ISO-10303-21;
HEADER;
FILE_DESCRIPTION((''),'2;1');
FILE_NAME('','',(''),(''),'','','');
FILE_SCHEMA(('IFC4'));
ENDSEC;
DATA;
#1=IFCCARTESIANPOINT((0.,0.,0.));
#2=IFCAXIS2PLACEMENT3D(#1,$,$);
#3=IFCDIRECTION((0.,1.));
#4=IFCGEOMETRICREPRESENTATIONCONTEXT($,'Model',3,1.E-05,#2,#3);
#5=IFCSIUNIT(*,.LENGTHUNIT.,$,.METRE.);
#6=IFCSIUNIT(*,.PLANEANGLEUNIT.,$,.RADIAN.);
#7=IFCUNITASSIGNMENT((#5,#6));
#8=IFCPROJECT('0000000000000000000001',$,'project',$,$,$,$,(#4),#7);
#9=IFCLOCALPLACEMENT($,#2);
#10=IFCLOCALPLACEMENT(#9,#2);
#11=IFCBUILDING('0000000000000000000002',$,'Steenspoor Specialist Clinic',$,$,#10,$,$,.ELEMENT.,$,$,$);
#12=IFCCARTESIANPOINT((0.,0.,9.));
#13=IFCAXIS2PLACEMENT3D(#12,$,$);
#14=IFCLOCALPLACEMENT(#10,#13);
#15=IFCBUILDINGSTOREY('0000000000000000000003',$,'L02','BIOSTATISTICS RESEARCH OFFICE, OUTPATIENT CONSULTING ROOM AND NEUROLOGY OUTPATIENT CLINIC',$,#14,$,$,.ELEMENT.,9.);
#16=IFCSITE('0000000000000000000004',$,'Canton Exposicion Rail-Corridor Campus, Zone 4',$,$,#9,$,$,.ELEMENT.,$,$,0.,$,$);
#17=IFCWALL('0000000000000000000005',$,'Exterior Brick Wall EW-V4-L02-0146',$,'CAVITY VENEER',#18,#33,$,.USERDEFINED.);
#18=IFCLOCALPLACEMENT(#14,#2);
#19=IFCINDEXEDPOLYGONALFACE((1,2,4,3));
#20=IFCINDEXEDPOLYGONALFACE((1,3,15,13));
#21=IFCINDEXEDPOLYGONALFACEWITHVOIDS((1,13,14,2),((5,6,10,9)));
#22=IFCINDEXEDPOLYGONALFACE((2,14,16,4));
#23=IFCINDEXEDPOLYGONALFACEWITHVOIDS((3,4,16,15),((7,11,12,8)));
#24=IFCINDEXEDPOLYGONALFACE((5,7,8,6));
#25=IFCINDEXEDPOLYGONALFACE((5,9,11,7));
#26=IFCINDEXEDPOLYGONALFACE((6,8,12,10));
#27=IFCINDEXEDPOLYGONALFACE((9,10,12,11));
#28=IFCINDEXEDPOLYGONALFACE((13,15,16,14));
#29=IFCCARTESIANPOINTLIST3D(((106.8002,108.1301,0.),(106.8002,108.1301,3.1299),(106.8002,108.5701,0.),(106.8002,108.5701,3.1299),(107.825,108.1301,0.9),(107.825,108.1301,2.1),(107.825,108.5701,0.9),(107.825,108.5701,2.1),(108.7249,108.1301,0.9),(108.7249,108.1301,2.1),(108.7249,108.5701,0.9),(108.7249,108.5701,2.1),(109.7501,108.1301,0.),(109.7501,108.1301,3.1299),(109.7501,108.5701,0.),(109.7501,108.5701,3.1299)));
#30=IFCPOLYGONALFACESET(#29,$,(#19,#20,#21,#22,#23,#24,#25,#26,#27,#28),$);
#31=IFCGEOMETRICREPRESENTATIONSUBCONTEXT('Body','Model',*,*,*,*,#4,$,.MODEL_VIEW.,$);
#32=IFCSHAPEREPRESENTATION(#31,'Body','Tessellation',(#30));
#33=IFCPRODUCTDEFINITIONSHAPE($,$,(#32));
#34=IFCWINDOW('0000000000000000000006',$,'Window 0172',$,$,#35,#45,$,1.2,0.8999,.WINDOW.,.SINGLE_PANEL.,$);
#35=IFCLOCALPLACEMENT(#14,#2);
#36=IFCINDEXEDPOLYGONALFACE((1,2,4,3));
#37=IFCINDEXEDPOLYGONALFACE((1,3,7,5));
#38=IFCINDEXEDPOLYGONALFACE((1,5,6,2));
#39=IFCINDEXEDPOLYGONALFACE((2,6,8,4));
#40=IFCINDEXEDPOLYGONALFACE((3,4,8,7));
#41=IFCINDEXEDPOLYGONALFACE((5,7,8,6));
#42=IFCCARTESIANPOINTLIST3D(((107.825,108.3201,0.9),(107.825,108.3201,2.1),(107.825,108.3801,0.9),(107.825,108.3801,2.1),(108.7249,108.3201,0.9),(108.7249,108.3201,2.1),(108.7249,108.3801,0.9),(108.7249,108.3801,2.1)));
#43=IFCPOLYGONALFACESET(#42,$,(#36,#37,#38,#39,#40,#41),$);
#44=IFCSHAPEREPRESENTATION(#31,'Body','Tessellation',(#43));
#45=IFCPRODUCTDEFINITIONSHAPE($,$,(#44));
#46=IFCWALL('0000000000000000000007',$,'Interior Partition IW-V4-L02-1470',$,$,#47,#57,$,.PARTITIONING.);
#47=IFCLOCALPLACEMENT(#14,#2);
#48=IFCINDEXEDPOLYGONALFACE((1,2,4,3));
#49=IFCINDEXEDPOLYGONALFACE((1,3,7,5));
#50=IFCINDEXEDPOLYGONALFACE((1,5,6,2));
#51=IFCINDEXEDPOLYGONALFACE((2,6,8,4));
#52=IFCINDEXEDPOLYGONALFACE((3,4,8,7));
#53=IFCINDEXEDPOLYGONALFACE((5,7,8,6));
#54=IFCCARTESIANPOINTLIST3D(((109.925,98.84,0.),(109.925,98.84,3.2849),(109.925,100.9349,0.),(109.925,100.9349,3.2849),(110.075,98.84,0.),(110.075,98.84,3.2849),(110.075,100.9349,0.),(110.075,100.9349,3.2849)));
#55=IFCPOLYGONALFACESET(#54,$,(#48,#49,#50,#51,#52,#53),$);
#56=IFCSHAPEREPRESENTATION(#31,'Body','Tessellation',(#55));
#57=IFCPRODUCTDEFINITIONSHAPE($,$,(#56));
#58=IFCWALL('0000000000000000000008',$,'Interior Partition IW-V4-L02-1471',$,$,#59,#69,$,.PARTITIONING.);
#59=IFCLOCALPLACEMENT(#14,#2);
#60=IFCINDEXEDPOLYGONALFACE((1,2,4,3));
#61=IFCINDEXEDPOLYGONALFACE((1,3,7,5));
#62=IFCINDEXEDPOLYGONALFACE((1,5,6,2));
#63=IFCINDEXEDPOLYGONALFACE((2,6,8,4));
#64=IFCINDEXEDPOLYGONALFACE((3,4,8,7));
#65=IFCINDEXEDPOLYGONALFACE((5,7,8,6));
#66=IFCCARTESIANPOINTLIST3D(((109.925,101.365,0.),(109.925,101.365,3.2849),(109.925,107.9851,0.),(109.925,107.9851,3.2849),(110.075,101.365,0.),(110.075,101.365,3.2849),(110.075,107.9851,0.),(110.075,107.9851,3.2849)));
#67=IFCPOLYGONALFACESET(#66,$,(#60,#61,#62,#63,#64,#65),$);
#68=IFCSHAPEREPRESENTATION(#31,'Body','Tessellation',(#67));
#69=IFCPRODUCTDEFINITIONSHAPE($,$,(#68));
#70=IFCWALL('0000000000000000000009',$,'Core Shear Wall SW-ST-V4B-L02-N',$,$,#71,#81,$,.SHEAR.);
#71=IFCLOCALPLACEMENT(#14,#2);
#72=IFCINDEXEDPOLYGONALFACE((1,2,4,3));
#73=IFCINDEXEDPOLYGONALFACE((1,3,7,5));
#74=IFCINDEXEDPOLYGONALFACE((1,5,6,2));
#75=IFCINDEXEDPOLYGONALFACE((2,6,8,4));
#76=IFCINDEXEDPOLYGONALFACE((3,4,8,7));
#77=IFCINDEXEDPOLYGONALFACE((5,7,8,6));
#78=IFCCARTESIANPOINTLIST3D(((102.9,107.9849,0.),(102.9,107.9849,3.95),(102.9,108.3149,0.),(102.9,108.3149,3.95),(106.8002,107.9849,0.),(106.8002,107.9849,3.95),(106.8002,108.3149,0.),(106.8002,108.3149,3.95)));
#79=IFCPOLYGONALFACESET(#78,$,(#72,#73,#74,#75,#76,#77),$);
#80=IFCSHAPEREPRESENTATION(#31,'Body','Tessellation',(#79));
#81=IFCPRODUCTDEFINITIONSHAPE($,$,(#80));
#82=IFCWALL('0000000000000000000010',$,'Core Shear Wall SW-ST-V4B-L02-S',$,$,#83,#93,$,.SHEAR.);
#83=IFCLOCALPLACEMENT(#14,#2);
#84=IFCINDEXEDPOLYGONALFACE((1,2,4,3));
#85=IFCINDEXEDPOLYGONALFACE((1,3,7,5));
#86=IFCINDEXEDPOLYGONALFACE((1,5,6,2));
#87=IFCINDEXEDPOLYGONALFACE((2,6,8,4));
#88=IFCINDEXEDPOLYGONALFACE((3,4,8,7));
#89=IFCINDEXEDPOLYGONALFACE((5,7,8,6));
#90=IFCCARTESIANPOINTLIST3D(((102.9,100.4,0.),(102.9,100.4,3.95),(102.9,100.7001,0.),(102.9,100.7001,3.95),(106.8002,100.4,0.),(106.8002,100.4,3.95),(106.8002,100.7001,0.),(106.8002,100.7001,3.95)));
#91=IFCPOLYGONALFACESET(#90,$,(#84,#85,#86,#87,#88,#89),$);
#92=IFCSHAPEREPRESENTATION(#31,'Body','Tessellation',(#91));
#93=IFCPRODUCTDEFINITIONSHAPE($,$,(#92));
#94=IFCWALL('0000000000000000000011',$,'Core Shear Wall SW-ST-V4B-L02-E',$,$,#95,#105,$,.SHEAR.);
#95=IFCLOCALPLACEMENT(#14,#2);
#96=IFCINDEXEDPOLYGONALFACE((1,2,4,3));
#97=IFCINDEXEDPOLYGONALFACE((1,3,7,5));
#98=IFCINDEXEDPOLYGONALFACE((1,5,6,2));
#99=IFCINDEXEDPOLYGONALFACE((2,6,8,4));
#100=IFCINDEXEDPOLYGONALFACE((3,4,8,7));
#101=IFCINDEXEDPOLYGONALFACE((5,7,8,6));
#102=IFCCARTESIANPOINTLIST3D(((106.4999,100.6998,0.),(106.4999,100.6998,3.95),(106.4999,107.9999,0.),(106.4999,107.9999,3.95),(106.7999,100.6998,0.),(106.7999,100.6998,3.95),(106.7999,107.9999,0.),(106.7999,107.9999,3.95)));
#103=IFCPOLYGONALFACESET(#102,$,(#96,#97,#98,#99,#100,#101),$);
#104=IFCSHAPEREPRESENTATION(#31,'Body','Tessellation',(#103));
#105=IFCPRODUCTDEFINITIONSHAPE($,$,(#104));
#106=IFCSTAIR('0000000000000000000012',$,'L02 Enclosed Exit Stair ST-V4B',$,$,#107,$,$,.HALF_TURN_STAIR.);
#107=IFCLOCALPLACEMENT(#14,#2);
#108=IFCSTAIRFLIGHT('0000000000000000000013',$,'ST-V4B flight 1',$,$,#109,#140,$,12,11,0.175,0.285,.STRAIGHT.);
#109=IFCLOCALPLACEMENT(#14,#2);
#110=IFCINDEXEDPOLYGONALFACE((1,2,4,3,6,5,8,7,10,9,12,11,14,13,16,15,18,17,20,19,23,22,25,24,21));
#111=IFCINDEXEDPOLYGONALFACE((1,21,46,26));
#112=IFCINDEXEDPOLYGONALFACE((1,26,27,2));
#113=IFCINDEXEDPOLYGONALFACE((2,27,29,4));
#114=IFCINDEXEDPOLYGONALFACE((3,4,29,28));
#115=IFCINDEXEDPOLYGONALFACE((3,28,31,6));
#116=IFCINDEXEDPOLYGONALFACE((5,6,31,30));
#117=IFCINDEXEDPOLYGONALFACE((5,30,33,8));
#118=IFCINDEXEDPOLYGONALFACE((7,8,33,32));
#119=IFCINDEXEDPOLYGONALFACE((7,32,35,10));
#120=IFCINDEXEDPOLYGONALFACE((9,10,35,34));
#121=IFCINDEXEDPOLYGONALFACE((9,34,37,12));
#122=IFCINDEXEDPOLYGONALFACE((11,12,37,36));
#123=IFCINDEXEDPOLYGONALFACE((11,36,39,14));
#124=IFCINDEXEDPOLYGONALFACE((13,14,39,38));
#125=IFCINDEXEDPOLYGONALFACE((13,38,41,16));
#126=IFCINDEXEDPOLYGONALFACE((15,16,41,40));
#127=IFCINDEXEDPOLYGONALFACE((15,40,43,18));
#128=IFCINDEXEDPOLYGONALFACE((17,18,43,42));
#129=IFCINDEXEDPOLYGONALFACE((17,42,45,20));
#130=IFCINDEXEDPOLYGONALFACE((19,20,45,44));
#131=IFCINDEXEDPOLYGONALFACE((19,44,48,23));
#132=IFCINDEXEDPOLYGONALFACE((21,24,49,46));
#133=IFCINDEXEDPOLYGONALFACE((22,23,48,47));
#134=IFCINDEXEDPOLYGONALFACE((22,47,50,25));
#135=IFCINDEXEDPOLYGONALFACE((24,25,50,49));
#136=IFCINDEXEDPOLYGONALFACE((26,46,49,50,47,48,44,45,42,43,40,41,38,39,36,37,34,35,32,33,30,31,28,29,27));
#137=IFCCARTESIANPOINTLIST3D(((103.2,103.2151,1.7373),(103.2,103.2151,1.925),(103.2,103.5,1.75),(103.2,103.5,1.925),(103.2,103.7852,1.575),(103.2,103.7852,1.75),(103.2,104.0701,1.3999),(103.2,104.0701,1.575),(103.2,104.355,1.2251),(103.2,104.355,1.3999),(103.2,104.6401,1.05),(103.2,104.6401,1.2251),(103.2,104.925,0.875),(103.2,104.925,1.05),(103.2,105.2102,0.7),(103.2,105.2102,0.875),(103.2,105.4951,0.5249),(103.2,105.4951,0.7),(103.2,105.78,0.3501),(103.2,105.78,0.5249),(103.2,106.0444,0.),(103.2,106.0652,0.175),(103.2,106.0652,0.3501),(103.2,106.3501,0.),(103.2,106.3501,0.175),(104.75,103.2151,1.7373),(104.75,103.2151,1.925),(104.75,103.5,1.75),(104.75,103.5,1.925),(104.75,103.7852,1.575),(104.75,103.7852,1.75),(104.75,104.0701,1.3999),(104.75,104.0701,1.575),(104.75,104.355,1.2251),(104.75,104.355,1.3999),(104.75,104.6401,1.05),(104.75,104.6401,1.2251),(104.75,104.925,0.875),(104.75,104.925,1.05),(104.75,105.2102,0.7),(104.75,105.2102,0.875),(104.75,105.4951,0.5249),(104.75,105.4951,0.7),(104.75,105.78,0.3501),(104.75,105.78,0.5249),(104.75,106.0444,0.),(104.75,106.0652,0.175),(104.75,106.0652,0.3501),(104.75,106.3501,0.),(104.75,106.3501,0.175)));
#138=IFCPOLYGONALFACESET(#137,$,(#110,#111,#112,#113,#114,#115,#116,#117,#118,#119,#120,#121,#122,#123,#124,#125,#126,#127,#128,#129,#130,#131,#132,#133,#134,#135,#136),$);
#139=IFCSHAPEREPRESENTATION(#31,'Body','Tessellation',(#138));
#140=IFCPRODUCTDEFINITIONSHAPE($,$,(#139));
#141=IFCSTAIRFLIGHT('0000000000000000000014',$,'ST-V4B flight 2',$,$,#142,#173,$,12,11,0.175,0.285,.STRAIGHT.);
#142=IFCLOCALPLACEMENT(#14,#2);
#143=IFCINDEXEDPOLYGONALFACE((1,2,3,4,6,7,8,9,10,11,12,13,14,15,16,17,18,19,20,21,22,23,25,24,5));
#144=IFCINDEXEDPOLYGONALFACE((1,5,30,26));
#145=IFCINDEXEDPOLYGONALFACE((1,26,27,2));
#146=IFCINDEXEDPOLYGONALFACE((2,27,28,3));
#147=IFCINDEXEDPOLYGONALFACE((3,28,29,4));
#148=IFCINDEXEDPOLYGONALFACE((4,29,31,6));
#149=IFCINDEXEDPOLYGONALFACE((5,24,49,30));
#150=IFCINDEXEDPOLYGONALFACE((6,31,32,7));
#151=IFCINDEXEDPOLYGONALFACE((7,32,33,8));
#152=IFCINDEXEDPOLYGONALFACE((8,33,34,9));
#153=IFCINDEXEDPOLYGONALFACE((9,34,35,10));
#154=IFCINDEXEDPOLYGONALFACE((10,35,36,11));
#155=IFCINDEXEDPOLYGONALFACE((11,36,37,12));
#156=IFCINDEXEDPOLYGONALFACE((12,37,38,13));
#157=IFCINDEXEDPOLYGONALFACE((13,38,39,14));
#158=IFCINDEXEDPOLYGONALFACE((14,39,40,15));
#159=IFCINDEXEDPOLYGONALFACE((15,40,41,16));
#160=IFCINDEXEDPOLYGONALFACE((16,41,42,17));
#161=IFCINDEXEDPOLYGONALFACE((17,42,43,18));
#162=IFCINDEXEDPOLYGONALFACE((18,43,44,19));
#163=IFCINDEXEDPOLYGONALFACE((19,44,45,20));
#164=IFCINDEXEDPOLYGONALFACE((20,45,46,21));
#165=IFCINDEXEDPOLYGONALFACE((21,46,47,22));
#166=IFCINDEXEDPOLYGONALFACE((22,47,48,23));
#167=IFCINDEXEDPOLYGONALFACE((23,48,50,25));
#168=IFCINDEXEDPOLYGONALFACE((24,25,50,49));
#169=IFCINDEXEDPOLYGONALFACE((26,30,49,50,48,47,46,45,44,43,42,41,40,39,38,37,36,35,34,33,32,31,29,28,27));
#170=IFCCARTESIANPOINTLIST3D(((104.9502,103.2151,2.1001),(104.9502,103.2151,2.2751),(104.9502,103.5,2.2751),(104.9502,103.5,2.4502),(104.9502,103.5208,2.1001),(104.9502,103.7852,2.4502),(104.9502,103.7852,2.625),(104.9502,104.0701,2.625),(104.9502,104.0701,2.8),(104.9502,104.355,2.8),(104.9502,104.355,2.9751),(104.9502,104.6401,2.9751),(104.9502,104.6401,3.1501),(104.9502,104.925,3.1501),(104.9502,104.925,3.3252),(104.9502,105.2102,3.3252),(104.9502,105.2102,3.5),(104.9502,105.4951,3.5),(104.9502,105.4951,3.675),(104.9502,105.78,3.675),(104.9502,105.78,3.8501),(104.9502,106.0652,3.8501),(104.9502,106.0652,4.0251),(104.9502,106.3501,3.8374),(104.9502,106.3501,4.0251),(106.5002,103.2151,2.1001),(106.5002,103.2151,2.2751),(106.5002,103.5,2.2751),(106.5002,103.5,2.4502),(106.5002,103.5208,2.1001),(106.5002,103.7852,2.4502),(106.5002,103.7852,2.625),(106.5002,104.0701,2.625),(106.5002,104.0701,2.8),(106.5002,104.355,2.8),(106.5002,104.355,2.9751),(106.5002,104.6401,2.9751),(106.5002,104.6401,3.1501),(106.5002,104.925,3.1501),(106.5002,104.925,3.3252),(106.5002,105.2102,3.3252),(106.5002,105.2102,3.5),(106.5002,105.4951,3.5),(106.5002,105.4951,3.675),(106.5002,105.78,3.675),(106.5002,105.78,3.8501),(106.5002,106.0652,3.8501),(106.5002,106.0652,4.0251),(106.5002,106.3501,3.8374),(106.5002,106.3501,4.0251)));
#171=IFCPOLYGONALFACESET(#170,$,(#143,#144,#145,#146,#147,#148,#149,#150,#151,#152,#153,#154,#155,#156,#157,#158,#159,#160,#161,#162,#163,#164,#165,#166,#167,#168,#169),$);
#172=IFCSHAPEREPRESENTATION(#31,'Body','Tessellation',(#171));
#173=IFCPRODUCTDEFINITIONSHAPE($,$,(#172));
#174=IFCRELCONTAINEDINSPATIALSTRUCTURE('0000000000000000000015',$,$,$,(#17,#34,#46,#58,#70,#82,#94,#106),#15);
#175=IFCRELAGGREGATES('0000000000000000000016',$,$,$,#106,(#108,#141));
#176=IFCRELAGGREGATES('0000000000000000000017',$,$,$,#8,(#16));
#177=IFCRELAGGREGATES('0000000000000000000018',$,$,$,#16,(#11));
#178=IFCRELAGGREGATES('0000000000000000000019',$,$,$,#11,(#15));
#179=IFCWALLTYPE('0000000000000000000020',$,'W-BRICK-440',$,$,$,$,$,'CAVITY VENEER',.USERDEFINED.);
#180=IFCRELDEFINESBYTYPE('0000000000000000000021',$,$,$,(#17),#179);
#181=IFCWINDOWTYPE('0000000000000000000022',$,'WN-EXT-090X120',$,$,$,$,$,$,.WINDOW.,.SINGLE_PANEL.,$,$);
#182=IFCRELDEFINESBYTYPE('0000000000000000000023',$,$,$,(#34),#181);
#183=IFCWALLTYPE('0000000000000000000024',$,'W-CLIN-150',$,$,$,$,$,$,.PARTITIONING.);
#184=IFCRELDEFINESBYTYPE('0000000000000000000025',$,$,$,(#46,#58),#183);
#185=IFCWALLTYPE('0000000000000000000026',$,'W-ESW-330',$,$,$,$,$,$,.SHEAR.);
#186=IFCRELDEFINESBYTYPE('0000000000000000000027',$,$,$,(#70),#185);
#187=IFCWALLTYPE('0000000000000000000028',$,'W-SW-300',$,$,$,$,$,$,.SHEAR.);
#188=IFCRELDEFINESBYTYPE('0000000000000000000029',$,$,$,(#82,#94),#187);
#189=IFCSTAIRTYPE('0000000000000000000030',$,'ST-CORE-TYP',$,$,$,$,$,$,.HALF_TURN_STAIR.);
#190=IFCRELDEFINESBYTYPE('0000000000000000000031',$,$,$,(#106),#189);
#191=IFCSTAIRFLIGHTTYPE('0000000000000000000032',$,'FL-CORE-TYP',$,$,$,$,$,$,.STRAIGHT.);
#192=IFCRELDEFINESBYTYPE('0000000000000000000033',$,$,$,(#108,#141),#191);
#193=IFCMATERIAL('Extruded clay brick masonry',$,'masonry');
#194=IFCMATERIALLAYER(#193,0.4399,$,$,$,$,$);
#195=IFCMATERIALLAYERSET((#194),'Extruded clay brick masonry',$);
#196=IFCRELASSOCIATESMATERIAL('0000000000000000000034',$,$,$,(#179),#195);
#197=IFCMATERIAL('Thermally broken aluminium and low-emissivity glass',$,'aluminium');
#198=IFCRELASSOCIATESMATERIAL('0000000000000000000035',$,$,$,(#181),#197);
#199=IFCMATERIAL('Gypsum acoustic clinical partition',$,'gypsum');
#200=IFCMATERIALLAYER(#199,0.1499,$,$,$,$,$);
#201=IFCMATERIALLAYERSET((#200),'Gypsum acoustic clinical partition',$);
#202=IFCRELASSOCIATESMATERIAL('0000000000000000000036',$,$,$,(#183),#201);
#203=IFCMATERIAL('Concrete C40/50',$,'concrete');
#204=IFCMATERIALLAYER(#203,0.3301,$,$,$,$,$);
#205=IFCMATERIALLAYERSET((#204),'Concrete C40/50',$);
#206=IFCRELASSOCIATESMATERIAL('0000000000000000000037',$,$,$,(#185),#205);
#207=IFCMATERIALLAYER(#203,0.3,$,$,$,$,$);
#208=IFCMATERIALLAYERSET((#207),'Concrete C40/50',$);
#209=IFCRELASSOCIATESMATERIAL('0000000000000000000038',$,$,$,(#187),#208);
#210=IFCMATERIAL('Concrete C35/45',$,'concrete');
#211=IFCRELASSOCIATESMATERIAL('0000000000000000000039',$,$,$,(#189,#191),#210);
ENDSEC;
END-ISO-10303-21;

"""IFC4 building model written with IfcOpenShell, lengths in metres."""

from ifc_helpers import new_model, si_unit, direction, frame, frame_2d, origin, place, context, subcontext, project, spatial, polyline, rectangle, outline, extrude, material, layer, layer_set, type_object, element, fill, aggregate, save


model = new_model("IFC4")

# Units and contexts
model_context = context("Model", 3, precision=1e-05, world=origin(), true_north=direction((0.0, 1.0)))
body_context = subcontext(model_context, "Body", "Model", "MODEL_VIEW")
ifc_project = project(units=[si_unit("LENGTHUNIT", "METRE"), si_unit("PLANEANGLEUNIT", "RADIAN")], contexts=[model_context])

# Site, building, storey
site_placement = place(None, origin())
site = spatial("IfcSite", under=ifc_project, at=site_placement, Name="Canton Exposicion Rail-Corridor Campus, Zone 4", CompositionType="ELEMENT", RefElevation=0.0)
building_placement = place(site_placement, origin())
building = spatial("IfcBuilding", under=site, at=building_placement, Name="Steenspoor Specialist Clinic", CompositionType="ELEMENT")
storey_placement = place(building_placement, frame((0.0, 0.0, 9.0)))
storey = spatial("IfcBuildingStorey", under=building, at=storey_placement, Name="L02", Description="BIOSTATISTICS RESEARCH OFFICE, OUTPATIENT CONSULTING ROOM AND NEUROLOGY OUTPATIENT CLINIC", CompositionType="ELEMENT", Elevation=9.0)

# Shared definitions
ifc_material_1 = material(Name="Concrete C40/50", Category="concrete")

# Shared definitions
ifc_material_2 = material(Name="Concrete C35/45", Category="concrete")

# Wall, opening, window
ifc_material_3 = material(Name="Extruded clay brick masonry", Category="masonry")
ifc_layer_1 = layer(ifc_material_3, 0.4399)
ifc_layer_set_1 = layer_set([ifc_layer_1], Name="Extruded clay brick masonry")
wall_type_1 = type_object("IfcWallType", Name="W-BRICK-440", ElementType="CAVITY VENEER", PredefinedType="USERDEFINED", material=ifc_layer_set_1)
wall_1_placement = place(storey_placement, frame((106.8, 108.3501, 0.0), z_axis=(0.0, 0.0, 1.0), x_axis=(1.0, 0.0, 0.0)))
wall_1 = element("IfcWall", 1, at=wall_1_placement, inside=storey, type_object=wall_type_1, Name="Exterior Brick Wall EW-V4-L02-0146", ObjectType="CAVITY VENEER", PredefinedType="USERDEFINED", context=body_context, shape_type="SweptSolid", body=[
    extrude(rectangle(XDim=2.95, YDim=0.4399, at=frame_2d((1.4751, 0.0))), origin(), (0.0, 0.0, 1.0), 3.1299),
])
opening_1_placement = place(wall_1_placement, frame((1.0249, 0.0, 0.8999)))
opening_1 = element("IfcOpeningElement", 2, at=opening_1_placement, cuts=wall_1, PredefinedType="OPENING", context=body_context, shape_type="SweptSolid", body=[
    extrude(rectangle(XDim=0.8999, YDim=1.2, at=frame_2d((0.45, 0.6001))), frame((0.0, 0.23, 0.0), z_axis=(0.0, -1.0, 0.0), x_axis=(1.0, 0.0, 0.0)), (0.0, 0.0, 1.0), 0.46),
])
ifc_material_4 = material(Name="Thermally broken aluminium and low-emissivity glass", Category="aluminium")
window_type = type_object("IfcWindowType", Name="WN-EXT-090X120", PartitioningType="SINGLE_PANEL", PredefinedType="WINDOW", material=ifc_material_4)
window_placement = place(opening_1_placement, origin())
window = element("IfcWindow", 3, at=window_placement, inside=storey, type_object=window_type, Name="Window 0172", OverallHeight=1.2, OverallWidth=0.8999, PartitioningType="SINGLE_PANEL", PredefinedType="WINDOW", context=body_context, shape_type="SweptSolid", body=[
    extrude(rectangle(XDim=0.8999, YDim=1.2, at=frame_2d((0.45, 0.6001))), frame((0.0, 0.03, 0.0), z_axis=(0.0, -1.0, 0.0), x_axis=(1.0, 0.0, 0.0)), (0.0, 0.0, 1.0), 0.0601),
])
fill(opening_1, window)

# Walls
ifc_material_5 = material(Name="Gypsum acoustic clinical partition", Category="gypsum")
ifc_layer_2 = layer(ifc_material_5, 0.1499)
ifc_layer_set_2 = layer_set([ifc_layer_2], Name="Gypsum acoustic clinical partition")
wall_type_2 = type_object("IfcWallType", Name="W-CLIN-150", PredefinedType="PARTITIONING", material=ifc_layer_set_2)
wall_2_placement = place(storey_placement, frame((110.0, 98.8401, 0.0), z_axis=(0.0, 0.0, 1.0), x_axis=(0.0, 1.0, 0.0)))
element("IfcWall", 4, at=wall_2_placement, inside=storey, type_object=wall_type_2, Name="Interior Partition IW-V4-L02-1470", PredefinedType="PARTITIONING", context=body_context, shape_type="SweptSolid", body=[
    extrude(rectangle(XDim=2.095, YDim=0.1499, at=frame_2d((1.0474, 0.0))), origin(), (0.0, 0.0, 1.0), 3.2849),
])
wall_3_placement = place(storey_placement, frame((110.0, 101.365, 0.0), z_axis=(0.0, 0.0, 1.0), x_axis=(0.0, 1.0, 0.0)))
element("IfcWall", 5, at=wall_3_placement, inside=storey, type_object=wall_type_2, Name="Interior Partition IW-V4-L02-1471", PredefinedType="PARTITIONING", context=body_context, shape_type="SweptSolid", body=[
    extrude(rectangle(XDim=6.6201, YDim=0.1499, at=frame_2d((3.3101, 0.0))), origin(), (0.0, 0.0, 1.0), 3.2849),
])
ifc_layer_3 = layer(ifc_material_1, 0.3301)
ifc_layer_set_3 = layer_set([ifc_layer_3], Name="Concrete C40/50")
wall_type_3 = type_object("IfcWallType", Name="W-ESW-330", PredefinedType="SHEAR", material=ifc_layer_set_3)
wall_4_placement = place(storey_placement, frame((102.8999, 108.1499, 0.0), z_axis=(0.0, 0.0, 1.0), x_axis=(1.0, 0.0, 0.0)))
element("IfcWall", 6, at=wall_4_placement, inside=storey, type_object=wall_type_3, Name="Core Shear Wall SW-ST-V4B-L02-N", PredefinedType="SHEAR", context=body_context, shape_type="SweptSolid", body=[
    extrude(rectangle(XDim=3.9001, YDim=0.3301, at=frame_2d((1.9502, 0.0))), origin(), (0.0, 0.0, 1.0), 3.95),
])
ifc_layer_4 = layer(ifc_material_1, 0.3)
ifc_layer_set_4 = layer_set([ifc_layer_4], Name="Concrete C40/50")
wall_type_4 = type_object("IfcWallType", Name="W-SW-300", PredefinedType="SHEAR", material=ifc_layer_set_4)
wall_5_placement = place(storey_placement, frame((102.8999, 100.55, 0.0), z_axis=(0.0, 0.0, 1.0), x_axis=(1.0, 0.0, 0.0)))
element("IfcWall", 7, at=wall_5_placement, inside=storey, type_object=wall_type_4, Name="Core Shear Wall SW-ST-V4B-L02-S", PredefinedType="SHEAR", context=body_context, shape_type="SweptSolid", body=[
    extrude(rectangle(XDim=3.9001, YDim=0.3, at=frame_2d((1.9502, 0.0))), origin(), (0.0, 0.0, 1.0), 3.95),
])

# Wall
wall_6_placement = place(storey_placement, frame((106.6499, 100.7, 0.0), z_axis=(0.0, 0.0, 1.0), x_axis=(0.0, 1.0, 0.0)))
element("IfcWall", 8, at=wall_6_placement, inside=storey, type_object=wall_type_4, Name="Core Shear Wall SW-ST-V4B-L02-E", PredefinedType="SHEAR", context=body_context, shape_type="SweptSolid", body=[
    extrude(rectangle(XDim=7.3, YDim=0.3, at=frame_2d((3.6499, 0.0))), origin(), (0.0, 0.0, 1.0), 3.95),
])

# Stair, stair flights
stair_type = type_object("IfcStairType", Name="ST-CORE-TYP", PredefinedType="HALF_TURN_STAIR", material=ifc_material_2)
stair_placement = place(storey_placement, origin())
stair = element("IfcStair", 9, at=stair_placement, inside=storey, type_object=stair_type, Name="L02 Enclosed Exit Stair ST-V4B", PredefinedType="HALF_TURN_STAIR")
stair_flight_type = type_object("IfcStairFlightType", Name="FL-CORE-TYP", PredefinedType="STRAIGHT", material=ifc_material_2)
stair_flight_1_placement = place(storey_placement, frame((103.9751, 106.3501, 0.0), z_axis=(0.0, 0.0, 1.0), x_axis=(0.0, -1.0, 0.0)))
stair_flight_1 = element("IfcStairFlight", 10, at=stair_flight_1_placement, type_object=stair_flight_type, Name="ST-V4B flight 1", NumberOfRisers=12, NumberOfTreads=11, PredefinedType="STRAIGHT", RiserHeight=0.175, TreadLength=0.285, context=body_context, shape_type="SweptSolid", body=[
    extrude(outline(polyline([(0.0, 0.0), (0.0, 0.175), (0.2849, 0.175), (0.2849, 0.3501), (0.5701, 0.3501), (0.5701, 0.5249), (0.855, 0.5249), (0.855, 0.7), (1.1399, 0.7), (1.1399, 0.875), (1.425, 0.875), (1.425, 1.05), (1.71, 1.05), (1.71, 1.2251), (1.9951, 1.2251), (1.9951, 1.3999), (2.28, 1.3999), (2.28, 1.575), (2.5649, 1.575), (2.5649, 1.75), (2.8501, 1.75), (2.8501, 1.925), (3.135, 1.925), (3.135, 2.1001), (3.135, 1.7373), (0.3057, 0.0), (0.0, 0.0)])), frame((0.0, 0.7749, 0.0), z_axis=(0.0, -1.0, 0.0), x_axis=(1.0, 0.0, 0.0)), (0.0, 0.0, 1.0), 1.55),
])
stair_flight_2_placement = place(storey_placement, frame((105.7251, 103.2151, 2.1001), z_axis=(0.0, 0.0, 1.0), x_axis=(0.0, 1.0, 0.0)))
stair_flight_2 = element("IfcStairFlight", 11, at=stair_flight_2_placement, type_object=stair_flight_type, Name="ST-V4B flight 2", NumberOfRisers=12, NumberOfTreads=11, PredefinedType="STRAIGHT", RiserHeight=0.175, TreadLength=0.285, context=body_context, shape_type="SweptSolid", body=[
    extrude(outline(polyline([(0.0, 0.0), (0.0, 0.175), (0.2849, 0.175), (0.2849, 0.3501), (0.5701, 0.3501), (0.5701, 0.5249), (0.855, 0.5249), (0.855, 0.7), (1.1399, 0.7), (1.1399, 0.875), (1.425, 0.875), (1.425, 1.05), (1.71, 1.05), (1.71, 1.2251), (1.9951, 1.2251), (1.9951, 1.3999), (2.28, 1.3999), (2.28, 1.575), (2.5649, 1.575), (2.5649, 1.75), (2.8501, 1.75), (2.8501, 1.925), (3.135, 1.925), (3.135, 2.1001), (3.135, 1.7373), (0.3057, 0.0), (0.0, 0.0)])), frame((0.0, 0.7749, 0.0), z_axis=(0.0, -1.0, 0.0), x_axis=(1.0, 0.0, 0.0)), (0.0, 0.0, 1.0), 1.55),
])
aggregate(stair, [stair_flight_1, stair_flight_2])

save(model, "model.ifc")
